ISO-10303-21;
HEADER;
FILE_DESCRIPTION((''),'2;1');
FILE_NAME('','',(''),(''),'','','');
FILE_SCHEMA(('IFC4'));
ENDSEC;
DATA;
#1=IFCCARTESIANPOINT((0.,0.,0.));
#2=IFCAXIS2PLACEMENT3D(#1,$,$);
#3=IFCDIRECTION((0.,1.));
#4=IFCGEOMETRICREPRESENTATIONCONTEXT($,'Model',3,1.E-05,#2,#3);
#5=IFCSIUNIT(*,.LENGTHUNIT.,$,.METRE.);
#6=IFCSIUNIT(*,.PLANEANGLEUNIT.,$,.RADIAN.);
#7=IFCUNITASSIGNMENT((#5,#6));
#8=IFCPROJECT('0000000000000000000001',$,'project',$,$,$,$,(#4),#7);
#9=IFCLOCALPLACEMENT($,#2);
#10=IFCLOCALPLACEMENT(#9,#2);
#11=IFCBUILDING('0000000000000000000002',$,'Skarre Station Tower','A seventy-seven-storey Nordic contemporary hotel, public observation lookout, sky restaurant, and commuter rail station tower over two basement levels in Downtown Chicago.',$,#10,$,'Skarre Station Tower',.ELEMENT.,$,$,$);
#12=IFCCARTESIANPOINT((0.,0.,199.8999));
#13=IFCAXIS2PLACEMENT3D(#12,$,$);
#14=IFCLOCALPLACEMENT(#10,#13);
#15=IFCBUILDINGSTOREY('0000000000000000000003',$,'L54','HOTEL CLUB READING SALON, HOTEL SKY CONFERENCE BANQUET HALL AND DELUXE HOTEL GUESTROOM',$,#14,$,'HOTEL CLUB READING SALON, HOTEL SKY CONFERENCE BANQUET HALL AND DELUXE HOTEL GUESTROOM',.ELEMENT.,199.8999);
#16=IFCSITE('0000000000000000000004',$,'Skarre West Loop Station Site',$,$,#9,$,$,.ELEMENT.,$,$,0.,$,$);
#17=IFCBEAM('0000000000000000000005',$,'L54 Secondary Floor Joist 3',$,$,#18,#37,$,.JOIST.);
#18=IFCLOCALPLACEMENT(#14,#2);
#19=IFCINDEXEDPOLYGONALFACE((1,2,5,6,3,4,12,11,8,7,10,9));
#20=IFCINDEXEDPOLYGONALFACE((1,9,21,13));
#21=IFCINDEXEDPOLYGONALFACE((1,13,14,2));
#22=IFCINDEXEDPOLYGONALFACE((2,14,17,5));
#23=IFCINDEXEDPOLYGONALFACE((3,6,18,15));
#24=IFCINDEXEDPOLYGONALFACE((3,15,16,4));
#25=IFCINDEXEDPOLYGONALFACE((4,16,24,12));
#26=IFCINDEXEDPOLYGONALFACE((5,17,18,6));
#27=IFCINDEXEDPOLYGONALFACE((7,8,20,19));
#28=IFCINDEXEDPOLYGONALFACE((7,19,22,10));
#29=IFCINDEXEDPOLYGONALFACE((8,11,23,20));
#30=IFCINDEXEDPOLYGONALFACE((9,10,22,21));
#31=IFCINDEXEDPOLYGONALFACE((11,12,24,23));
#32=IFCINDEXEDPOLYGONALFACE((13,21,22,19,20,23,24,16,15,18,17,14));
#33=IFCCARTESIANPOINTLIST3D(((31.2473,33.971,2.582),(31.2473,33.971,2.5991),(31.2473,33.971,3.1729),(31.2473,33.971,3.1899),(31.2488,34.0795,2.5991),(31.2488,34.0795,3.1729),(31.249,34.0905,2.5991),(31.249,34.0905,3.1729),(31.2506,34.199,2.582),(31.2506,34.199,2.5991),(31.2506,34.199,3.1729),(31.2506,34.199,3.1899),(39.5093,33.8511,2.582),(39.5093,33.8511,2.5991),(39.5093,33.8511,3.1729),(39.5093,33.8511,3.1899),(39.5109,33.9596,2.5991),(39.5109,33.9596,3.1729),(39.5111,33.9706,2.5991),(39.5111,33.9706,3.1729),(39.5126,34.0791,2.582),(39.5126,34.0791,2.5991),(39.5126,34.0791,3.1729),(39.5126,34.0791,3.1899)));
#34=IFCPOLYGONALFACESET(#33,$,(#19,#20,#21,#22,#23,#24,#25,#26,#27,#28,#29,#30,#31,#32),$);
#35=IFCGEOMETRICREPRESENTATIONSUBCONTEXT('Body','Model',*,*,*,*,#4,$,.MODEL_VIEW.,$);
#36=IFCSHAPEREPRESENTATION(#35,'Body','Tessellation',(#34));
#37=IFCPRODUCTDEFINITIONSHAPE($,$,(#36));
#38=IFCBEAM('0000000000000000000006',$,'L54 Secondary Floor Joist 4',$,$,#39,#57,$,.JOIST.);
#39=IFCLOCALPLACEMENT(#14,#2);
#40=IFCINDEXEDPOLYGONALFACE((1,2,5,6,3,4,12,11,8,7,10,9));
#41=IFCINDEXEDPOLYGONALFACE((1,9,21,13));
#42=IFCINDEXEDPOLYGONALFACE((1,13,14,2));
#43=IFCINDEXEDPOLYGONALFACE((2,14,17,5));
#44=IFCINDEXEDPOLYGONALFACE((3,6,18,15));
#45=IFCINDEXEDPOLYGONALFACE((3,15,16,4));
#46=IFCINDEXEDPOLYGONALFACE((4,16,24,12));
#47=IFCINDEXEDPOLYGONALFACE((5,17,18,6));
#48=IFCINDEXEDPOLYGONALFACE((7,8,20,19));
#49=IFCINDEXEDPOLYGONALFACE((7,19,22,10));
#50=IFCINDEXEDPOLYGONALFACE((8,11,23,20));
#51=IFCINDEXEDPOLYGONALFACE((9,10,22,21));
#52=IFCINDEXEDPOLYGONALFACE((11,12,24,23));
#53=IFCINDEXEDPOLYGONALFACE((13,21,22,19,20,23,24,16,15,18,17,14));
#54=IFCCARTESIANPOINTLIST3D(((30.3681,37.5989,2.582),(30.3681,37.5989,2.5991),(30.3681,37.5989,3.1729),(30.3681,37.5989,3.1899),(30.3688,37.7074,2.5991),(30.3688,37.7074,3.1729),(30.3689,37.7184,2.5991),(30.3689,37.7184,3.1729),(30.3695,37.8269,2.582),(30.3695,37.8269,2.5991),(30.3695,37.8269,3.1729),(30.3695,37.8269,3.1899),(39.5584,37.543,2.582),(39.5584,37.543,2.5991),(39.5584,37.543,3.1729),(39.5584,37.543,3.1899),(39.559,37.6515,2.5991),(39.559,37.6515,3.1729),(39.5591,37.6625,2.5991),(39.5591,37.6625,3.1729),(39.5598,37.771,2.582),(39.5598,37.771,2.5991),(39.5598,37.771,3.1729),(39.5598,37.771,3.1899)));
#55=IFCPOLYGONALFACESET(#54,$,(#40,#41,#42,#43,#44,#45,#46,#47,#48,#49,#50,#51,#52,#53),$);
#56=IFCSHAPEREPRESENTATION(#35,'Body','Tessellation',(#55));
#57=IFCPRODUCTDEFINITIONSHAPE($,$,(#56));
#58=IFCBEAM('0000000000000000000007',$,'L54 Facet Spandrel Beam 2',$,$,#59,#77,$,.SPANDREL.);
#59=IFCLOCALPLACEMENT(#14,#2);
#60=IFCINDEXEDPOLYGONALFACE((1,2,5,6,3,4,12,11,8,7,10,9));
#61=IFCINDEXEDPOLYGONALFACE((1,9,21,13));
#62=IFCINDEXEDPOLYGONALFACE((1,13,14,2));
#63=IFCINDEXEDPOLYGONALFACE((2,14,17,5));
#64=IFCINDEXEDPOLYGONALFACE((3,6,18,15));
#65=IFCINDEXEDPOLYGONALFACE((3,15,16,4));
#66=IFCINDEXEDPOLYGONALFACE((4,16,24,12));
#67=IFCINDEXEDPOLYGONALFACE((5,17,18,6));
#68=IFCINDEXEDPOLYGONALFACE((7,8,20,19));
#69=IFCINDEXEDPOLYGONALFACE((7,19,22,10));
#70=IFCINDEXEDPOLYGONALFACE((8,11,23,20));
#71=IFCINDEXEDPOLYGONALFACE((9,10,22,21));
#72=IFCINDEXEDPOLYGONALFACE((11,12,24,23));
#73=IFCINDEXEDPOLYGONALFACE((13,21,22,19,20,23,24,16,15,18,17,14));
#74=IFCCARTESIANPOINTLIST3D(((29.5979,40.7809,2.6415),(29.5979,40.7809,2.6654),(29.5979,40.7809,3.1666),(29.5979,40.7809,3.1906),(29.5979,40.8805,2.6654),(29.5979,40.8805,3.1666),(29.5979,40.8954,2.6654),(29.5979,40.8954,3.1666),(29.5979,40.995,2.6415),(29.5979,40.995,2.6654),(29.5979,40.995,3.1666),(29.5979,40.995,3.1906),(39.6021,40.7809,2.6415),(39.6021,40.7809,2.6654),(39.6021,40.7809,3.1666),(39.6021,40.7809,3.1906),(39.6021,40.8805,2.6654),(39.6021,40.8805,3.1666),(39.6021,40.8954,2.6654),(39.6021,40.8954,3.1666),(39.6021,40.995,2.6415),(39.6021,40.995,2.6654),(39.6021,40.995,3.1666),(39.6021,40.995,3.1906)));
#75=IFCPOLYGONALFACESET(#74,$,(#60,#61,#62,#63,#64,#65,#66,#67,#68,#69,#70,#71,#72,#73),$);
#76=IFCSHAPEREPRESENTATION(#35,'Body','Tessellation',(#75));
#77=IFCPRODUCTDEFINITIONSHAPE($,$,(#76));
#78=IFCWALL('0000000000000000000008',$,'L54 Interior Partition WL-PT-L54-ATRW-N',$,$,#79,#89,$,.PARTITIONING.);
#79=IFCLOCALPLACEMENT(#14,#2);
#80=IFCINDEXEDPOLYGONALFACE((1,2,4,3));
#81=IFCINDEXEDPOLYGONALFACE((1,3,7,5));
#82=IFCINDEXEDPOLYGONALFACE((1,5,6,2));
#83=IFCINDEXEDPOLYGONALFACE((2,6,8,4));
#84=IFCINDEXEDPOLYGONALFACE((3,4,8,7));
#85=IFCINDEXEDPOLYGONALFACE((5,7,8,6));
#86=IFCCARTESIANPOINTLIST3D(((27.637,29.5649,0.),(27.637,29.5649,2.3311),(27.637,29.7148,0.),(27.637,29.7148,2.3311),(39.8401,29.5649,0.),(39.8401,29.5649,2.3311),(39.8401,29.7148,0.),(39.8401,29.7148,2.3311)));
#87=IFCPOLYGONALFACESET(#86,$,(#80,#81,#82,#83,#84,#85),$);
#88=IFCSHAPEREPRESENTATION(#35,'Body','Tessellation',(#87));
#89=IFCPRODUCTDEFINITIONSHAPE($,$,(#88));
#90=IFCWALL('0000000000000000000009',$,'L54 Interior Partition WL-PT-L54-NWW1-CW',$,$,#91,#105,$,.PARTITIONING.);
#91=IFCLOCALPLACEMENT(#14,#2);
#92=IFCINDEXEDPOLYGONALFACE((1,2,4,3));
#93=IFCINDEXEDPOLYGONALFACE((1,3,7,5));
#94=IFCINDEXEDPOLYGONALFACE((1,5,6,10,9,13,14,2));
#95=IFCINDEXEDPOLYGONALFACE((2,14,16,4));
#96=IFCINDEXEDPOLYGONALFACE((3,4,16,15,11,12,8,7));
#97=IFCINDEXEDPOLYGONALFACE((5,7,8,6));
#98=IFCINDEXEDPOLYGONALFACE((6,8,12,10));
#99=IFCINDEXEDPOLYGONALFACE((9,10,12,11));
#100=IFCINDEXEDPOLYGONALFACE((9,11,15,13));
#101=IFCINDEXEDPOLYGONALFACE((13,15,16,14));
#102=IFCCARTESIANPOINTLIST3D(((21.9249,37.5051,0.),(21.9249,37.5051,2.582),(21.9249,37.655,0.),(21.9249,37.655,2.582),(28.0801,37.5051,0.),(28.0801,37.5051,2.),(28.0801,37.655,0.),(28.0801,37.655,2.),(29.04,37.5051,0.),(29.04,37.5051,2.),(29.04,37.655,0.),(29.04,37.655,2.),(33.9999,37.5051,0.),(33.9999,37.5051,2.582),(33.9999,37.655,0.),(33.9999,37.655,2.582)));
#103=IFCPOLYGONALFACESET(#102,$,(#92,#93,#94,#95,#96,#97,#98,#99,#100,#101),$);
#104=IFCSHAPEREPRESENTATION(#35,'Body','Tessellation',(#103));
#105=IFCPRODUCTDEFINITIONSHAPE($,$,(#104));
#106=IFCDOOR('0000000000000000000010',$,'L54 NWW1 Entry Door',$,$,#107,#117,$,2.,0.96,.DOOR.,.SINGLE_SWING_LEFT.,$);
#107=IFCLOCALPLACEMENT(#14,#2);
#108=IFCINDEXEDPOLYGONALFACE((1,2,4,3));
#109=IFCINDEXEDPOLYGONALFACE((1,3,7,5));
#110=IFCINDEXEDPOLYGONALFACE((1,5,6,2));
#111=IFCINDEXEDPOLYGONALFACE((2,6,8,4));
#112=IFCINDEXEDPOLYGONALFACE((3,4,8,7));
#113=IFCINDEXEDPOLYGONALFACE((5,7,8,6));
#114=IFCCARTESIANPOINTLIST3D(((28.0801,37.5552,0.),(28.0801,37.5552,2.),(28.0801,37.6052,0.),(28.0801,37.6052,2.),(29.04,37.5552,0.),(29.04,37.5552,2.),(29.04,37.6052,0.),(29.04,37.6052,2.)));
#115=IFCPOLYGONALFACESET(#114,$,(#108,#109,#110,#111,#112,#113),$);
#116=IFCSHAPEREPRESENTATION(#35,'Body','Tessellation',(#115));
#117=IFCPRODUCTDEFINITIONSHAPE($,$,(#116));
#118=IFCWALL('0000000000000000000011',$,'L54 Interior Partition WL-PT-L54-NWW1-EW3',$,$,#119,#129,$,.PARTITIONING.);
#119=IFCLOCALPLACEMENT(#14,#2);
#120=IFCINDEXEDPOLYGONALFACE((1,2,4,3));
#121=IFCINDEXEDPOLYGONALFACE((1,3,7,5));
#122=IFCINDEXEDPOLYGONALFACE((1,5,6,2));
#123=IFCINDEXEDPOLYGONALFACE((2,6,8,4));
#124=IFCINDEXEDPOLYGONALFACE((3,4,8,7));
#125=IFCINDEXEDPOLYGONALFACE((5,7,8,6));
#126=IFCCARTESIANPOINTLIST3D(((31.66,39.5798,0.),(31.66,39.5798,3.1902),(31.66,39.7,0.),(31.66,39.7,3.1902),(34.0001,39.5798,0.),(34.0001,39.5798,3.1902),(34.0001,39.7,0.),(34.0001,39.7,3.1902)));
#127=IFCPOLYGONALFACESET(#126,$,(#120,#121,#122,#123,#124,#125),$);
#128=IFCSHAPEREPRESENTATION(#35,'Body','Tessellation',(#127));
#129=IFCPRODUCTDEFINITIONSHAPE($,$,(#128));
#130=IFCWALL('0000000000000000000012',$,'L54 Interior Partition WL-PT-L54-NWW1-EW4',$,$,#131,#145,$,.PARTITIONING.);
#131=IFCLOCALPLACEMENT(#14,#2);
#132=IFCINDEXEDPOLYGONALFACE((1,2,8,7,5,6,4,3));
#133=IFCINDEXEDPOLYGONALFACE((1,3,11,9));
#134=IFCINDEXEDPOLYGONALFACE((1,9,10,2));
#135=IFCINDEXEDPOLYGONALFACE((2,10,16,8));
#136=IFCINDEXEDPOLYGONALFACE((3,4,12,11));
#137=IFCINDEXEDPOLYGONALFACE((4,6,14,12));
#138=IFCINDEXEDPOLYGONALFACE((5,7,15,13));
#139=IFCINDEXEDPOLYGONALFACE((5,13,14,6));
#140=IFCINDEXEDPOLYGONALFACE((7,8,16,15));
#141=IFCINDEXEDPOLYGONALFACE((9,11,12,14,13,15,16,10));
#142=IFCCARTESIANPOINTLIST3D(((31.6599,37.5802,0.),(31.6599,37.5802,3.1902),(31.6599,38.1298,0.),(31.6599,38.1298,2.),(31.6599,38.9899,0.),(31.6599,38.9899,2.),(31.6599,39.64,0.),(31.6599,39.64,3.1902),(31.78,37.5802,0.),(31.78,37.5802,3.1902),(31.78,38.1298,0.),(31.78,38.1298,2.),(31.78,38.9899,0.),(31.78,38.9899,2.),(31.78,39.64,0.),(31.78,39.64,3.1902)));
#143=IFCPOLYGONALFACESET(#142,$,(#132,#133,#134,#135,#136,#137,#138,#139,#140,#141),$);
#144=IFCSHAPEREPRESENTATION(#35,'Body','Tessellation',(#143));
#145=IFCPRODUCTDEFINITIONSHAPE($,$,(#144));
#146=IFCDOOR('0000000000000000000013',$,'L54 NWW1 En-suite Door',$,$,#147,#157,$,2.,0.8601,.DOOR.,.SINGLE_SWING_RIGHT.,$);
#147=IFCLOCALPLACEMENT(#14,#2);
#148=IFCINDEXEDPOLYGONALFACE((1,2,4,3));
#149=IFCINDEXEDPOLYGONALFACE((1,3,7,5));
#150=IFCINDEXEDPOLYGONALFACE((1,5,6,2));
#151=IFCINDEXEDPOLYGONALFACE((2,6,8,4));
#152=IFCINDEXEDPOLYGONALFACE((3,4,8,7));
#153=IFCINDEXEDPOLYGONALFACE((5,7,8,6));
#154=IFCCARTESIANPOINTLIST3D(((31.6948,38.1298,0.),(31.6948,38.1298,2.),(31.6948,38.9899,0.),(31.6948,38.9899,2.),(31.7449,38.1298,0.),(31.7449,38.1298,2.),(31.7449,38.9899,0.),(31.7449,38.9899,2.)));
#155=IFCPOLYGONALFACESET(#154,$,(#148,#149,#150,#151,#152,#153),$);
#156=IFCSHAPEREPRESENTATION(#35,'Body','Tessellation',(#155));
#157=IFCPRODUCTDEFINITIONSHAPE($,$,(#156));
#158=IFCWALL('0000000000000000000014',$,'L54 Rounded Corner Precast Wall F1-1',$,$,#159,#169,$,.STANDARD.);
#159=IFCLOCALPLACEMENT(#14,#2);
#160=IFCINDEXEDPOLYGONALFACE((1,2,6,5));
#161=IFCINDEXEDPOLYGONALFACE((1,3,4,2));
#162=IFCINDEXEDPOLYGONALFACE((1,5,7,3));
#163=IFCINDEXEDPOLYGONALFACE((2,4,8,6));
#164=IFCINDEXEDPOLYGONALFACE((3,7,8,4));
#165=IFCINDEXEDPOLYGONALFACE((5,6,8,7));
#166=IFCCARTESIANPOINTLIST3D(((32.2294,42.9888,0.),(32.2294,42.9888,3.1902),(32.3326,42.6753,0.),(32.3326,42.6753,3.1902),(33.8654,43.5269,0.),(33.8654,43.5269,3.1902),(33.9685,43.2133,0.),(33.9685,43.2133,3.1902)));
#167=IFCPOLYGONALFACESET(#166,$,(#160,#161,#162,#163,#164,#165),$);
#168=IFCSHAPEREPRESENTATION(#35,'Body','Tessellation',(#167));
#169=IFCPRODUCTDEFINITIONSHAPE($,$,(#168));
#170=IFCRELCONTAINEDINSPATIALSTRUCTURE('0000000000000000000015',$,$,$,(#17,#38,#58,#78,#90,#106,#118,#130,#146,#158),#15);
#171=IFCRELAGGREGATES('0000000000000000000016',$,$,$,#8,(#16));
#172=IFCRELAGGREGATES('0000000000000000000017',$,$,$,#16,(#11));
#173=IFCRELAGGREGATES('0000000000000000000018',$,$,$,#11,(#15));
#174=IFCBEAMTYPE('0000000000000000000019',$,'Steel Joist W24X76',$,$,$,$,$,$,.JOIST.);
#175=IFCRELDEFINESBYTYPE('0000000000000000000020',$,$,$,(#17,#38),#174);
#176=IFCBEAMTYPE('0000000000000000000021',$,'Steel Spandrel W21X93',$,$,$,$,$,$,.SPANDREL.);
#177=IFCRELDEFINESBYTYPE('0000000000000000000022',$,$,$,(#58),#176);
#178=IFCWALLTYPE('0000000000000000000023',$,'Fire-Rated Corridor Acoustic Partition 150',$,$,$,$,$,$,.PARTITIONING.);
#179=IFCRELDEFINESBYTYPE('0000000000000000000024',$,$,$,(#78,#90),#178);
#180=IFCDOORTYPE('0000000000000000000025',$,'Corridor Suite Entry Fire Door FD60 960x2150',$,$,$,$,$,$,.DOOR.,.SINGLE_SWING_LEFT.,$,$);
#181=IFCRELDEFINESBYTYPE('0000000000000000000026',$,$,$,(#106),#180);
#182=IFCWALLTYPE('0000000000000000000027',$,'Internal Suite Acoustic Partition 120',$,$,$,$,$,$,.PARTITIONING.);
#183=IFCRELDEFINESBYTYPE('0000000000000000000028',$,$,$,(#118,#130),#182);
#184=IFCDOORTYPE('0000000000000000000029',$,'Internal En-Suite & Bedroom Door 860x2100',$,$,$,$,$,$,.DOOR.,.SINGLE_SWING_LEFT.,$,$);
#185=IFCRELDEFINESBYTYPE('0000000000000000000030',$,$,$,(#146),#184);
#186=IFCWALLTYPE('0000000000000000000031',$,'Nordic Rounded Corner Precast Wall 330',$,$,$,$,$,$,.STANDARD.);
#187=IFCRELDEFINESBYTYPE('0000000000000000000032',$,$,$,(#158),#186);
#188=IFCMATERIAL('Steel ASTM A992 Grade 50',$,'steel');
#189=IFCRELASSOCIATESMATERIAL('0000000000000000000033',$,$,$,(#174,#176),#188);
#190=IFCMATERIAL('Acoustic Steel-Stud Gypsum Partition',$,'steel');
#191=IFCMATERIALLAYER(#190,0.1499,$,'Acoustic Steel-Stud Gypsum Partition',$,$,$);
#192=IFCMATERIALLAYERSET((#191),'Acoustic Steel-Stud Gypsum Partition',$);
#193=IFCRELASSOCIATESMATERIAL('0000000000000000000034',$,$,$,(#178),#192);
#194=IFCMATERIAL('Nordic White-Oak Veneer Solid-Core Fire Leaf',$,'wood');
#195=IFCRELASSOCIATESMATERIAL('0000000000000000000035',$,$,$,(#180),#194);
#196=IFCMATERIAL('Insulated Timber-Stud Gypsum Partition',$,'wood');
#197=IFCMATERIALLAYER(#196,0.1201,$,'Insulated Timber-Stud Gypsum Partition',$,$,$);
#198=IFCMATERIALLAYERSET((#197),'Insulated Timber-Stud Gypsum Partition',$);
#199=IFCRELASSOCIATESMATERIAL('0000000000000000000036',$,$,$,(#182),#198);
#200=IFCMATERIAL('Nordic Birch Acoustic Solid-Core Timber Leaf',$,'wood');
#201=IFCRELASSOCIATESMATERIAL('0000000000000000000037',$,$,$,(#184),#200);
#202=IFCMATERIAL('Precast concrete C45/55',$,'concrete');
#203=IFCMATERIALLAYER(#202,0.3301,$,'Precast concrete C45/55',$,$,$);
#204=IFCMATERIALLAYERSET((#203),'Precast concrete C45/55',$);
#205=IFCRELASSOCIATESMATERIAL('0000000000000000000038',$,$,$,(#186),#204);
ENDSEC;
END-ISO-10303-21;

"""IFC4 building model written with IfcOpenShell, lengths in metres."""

from ifc_helpers import new_model, si_unit, direction, frame, frame_2d, origin, origin_2d, place, context, subcontext, project, spatial, rectangle, i_section, extrude, material, layer, layer_set, material_profile, profile_set, type_object, element, fill, save


model = new_model("IFC4")

# Units and contexts
model_context = context("Model", 3, precision=1e-05, world=origin(), true_north=direction((0.0, 1.0)))
body_context = subcontext(model_context, "Body", "Model", "MODEL_VIEW")
ifc_project = project(units=[si_unit("LENGTHUNIT", "METRE"), si_unit("PLANEANGLEUNIT", "RADIAN")], contexts=[model_context])

# Site, building, storey
site_placement = place(None, origin())
site = spatial("IfcSite", under=ifc_project, at=site_placement, Name="Skarre West Loop Station Site", CompositionType="ELEMENT", RefElevation=0.0)
building_placement = place(site_placement, origin())
building = spatial("IfcBuilding", under=site, at=building_placement, Name="Skarre Station Tower", Description="A seventy-seven-storey Nordic contemporary hotel, public observation lookout, sky restaurant, and commuter rail station tower over two basement levels in Downtown Chicago.", LongName="Skarre Station Tower", CompositionType="ELEMENT")
storey_placement = place(building_placement, frame((0.0, 0.0, 199.8999)))
storey = spatial("IfcBuildingStorey", under=building, at=storey_placement, Name="L54", Description="HOTEL CLUB READING SALON, HOTEL SKY CONFERENCE BANQUET HALL AND DELUXE HOTEL GUESTROOM", LongName="HOTEL CLUB READING SALON, HOTEL SKY CONFERENCE BANQUET HALL AND DELUXE HOTEL GUESTROOM", CompositionType="ELEMENT", Elevation=199.8999)

# Beams
ifc_material_1 = material(Name="Steel ASTM A992 Grade 50", Category="steel")
ifc_material_profile_1 = material_profile(ifc_material_1, i_section(OverallWidth=0.228, OverallDepth=0.6079, WebThickness=0.011, FlangeThickness=0.0171, at=origin_2d()), Name="Steel ASTM A992 Grade 50")
ifc_profile_set_1 = profile_set([ifc_material_profile_1], Name="Steel ASTM A992 Grade 50")
beam_type_1 = type_object("IfcBeamType", Name="Steel Joist W24X76", PredefinedType="JOIST", material=ifc_profile_set_1)
beam_1_placement = place(storey_placement, frame((39.511, 33.9651, 2.886), z_axis=(-0.999895, 0.014508, 0.0), x_axis=(-0.014508, -0.999895, 0.0)))
element("IfcBeam", 1, at=beam_1_placement, inside=storey, type_object=beam_type_1, Name="L54 Secondary Floor Joist 3", PredefinedType="JOIST", context=body_context, shape_type="SweptSolid", body=[
    extrude(i_section(OverallWidth=0.228, OverallDepth=0.6079, WebThickness=0.011, FlangeThickness=0.0171, at=origin_2d()), origin(), (0.0, 0.0, 1.0), 8.2629),
])
beam_2_placement = place(storey_placement, frame((39.5591, 37.657, 2.886), z_axis=(-0.999981, 0.006083, 0.0), x_axis=(-0.006083, -0.999981, 0.0)))
element("IfcBeam", 2, at=beam_2_placement, inside=storey, type_object=beam_type_1, Name="L54 Secondary Floor Joist 4", PredefinedType="JOIST", context=body_context, shape_type="SweptSolid", body=[
    extrude(i_section(OverallWidth=0.228, OverallDepth=0.6079, WebThickness=0.011, FlangeThickness=0.0171, at=origin_2d()), origin(), (0.0, 0.0, 1.0), 9.1904),
])
ifc_material_profile_2 = material_profile(ifc_material_1, i_section(OverallWidth=0.2141, OverallDepth=0.5491, WebThickness=0.0149, FlangeThickness=0.0239, at=origin_2d()), Name="Steel ASTM A992 Grade 50")
ifc_profile_set_2 = profile_set([ifc_material_profile_2], Name="Steel ASTM A992 Grade 50")
beam_type_2 = type_object("IfcBeamType", Name="Steel Spandrel W21X93", PredefinedType="SPANDREL", material=ifc_profile_set_2)
beam_3_placement = place(storey_placement, frame((39.6021, 40.8879, 2.916), z_axis=(-1.0, 0.0, 0.0), x_axis=(0.0, -1.0, 0.0)))
element("IfcBeam", 3, at=beam_3_placement, inside=storey, type_object=beam_type_2, Name="L54 Facet Spandrel Beam 2", PredefinedType="SPANDREL", context=body_context, shape_type="SweptSolid", body=[
    extrude(i_section(OverallWidth=0.2141, OverallDepth=0.5491, WebThickness=0.0149, FlangeThickness=0.0239, at=origin_2d()), origin(), (0.0, 0.0, 1.0), 10.0042),
])

# Wall
ifc_material_2 = material(Name="Acoustic Steel-Stud Gypsum Partition", Category="steel")
ifc_layer_1 = layer(ifc_material_2, 0.1499, Name="Acoustic Steel-Stud Gypsum Partition")
ifc_layer_set_1 = layer_set([ifc_layer_1], Name="Acoustic Steel-Stud Gypsum Partition")
wall_type_1 = type_object("IfcWallType", Name="Fire-Rated Corridor Acoustic Partition 150", PredefinedType="PARTITIONING", material=ifc_layer_set_1)
wall_1_placement = place(storey_placement, frame((39.8401, 29.6399, 0.0), z_axis=(0.0, 0.0, 1.0), x_axis=(-1.0, 0.0, 0.0)))
element("IfcWall", 4, at=wall_1_placement, inside=storey, type_object=wall_type_1, Name="L54 Interior Partition WL-PT-L54-ATRW-N", PredefinedType="PARTITIONING", context=body_context, shape_type="SweptSolid", body=[
    extrude(rectangle(XDim=12.2031, YDim=0.1499, at=frame_2d((6.1016, 0.0))), origin(), (0.0, 0.0, 1.0), 2.3311),
])

# Wall, opening, door
wall_2_placement = place(storey_placement, frame((34.0, 37.5801, 0.0), z_axis=(0.0, 0.0, 1.0), x_axis=(-1.0, 0.0, 0.0)))
wall_2 = element("IfcWall", 5, at=wall_2_placement, inside=storey, type_object=wall_type_1, Name="L54 Interior Partition WL-PT-L54-NWW1-CW", PredefinedType="PARTITIONING", context=body_context, shape_type="SweptSolid", body=[
    extrude(rectangle(XDim=12.075, YDim=0.1499, at=frame_2d((6.0376, 0.0))), origin(), (0.0, 0.0, 1.0), 2.582),
])
opening_1_placement = place(wall_2_placement, frame((4.96, 0.0, 0.0)))
opening_1 = element("IfcOpeningElement", 6, at=opening_1_placement, cuts=wall_2, PredefinedType="OPENING", context=body_context, shape_type="SweptSolid", body=[
    extrude(rectangle(XDim=0.96, YDim=2.0, at=frame_2d((0.48, 1.0))), frame((0.0, 0.085, 0.0), z_axis=(0.0, -1.0, 0.0), x_axis=(1.0, 0.0, 0.0)), (0.0, 0.0, 1.0), 0.1699),
])
ifc_material_3 = material(Name="Nordic White-Oak Veneer Solid-Core Fire Leaf", Category="wood")
door_type_1 = type_object("IfcDoorType", Name="Corridor Suite Entry Fire Door FD60 960x2150", OperationType="SINGLE_SWING_LEFT", PredefinedType="DOOR", material=ifc_material_3)
door_1_placement = place(opening_1_placement, origin())
door_1 = element("IfcDoor", 7, at=door_1_placement, inside=storey, type_object=door_type_1, Name="L54 NWW1 Entry Door", OperationType="SINGLE_SWING_LEFT", OverallHeight=2.0, OverallWidth=0.96, PredefinedType="DOOR", context=body_context, shape_type="SweptSolid", body=[
    extrude(rectangle(XDim=0.96, YDim=2.0, at=frame_2d((0.48, 1.0))), frame((0.0, 0.0249, 0.0), z_axis=(0.0, -1.0, 0.0), x_axis=(1.0, 0.0, 0.0)), (0.0, 0.0, 1.0), 0.05),
])
fill(opening_1, door_1)

# Wall
ifc_material_4 = material(Name="Insulated Timber-Stud Gypsum Partition", Category="wood")
ifc_layer_2 = layer(ifc_material_4, 0.1201, Name="Insulated Timber-Stud Gypsum Partition")
ifc_layer_set_2 = layer_set([ifc_layer_2], Name="Insulated Timber-Stud Gypsum Partition")
wall_type_2 = type_object("IfcWallType", Name="Internal Suite Acoustic Partition 120", PredefinedType="PARTITIONING", material=ifc_layer_set_2)
wall_3_placement = place(storey_placement, frame((34.0, 39.6399, 0.0), z_axis=(0.0, 0.0, 1.0), x_axis=(-1.0, 0.0, 0.0)))
element("IfcWall", 8, at=wall_3_placement, inside=storey, type_object=wall_type_2, Name="L54 Interior Partition WL-PT-L54-NWW1-EW3", PredefinedType="PARTITIONING", context=body_context, shape_type="SweptSolid", body=[
    extrude(rectangle(XDim=2.3401, YDim=0.1201, at=frame_2d((1.1699, 0.0))), origin(), (0.0, 0.0, 1.0), 3.1902),
])

# Wall, opening, door
wall_4_placement = place(storey_placement, frame((31.72, 39.6399, 0.0), z_axis=(0.0, 0.0, 1.0), x_axis=(0.0, -1.0, 0.0)))
wall_4 = element("IfcWall", 9, at=wall_4_placement, inside=storey, type_object=wall_type_2, Name="L54 Interior Partition WL-PT-L54-NWW1-EW4", PredefinedType="PARTITIONING", context=body_context, shape_type="SweptSolid", body=[
    extrude(rectangle(XDim=2.0598, YDim=0.1201, at=frame_2d((1.0298, 0.0))), origin(), (0.0, 0.0, 1.0), 3.1902),
])
opening_2_placement = place(wall_4_placement, frame((0.6499, 0.0, 0.0)))
opening_2 = element("IfcOpeningElement", 10, at=opening_2_placement, cuts=wall_4, PredefinedType="OPENING", context=body_context, shape_type="SweptSolid", body=[
    extrude(rectangle(XDim=0.8601, YDim=2.0, at=frame_2d((0.4302, 1.0))), frame((0.0, 0.0701, 0.0), z_axis=(0.0, -1.0, 0.0), x_axis=(1.0, 0.0, 0.0)), (0.0, 0.0, 1.0), 0.1401),
])
ifc_material_5 = material(Name="Nordic Birch Acoustic Solid-Core Timber Leaf", Category="wood")
door_type_2 = type_object("IfcDoorType", Name="Internal En-Suite & Bedroom Door 860x2100", OperationType="SINGLE_SWING_LEFT", PredefinedType="DOOR", material=ifc_material_5)
door_2_placement = place(opening_2_placement, origin())
door_2 = element("IfcDoor", 11, at=door_2_placement, inside=storey, type_object=door_type_2, Name="L54 NWW1 En-suite Door", OperationType="SINGLE_SWING_RIGHT", OverallHeight=2.0, OverallWidth=0.8601, PredefinedType="DOOR", context=body_context, shape_type="SweptSolid", body=[
    extrude(rectangle(XDim=0.8601, YDim=2.0, at=frame_2d((0.4302, 1.0))), frame((0.0, 0.0249, 0.0), z_axis=(0.0, -1.0, 0.0), x_axis=(1.0, 0.0, 0.0)), (0.0, 0.0, 1.0), 0.05),
])
fill(opening_2, door_2)

# Wall
ifc_material_6 = material(Name="Precast concrete C45/55", Category="concrete")
ifc_layer_3 = layer(ifc_material_6, 0.3301, Name="Precast concrete C45/55")
ifc_layer_set_3 = layer_set([ifc_layer_3], Name="Precast concrete C45/55")
wall_type_3 = type_object("IfcWallType", Name="Nordic Rounded Corner Precast Wall 330", PredefinedType="STANDARD", material=ifc_layer_set_3)
wall_5_placement = place(storey_placement, frame((32.281, 42.832, 0.0), z_axis=(0.0, 0.0, 1.0), x_axis=(0.949937, 0.31244, 0.0)))
element("IfcWall", 12, at=wall_5_placement, inside=storey, type_object=wall_type_3, Name="L54 Rounded Corner Precast Wall F1-1", PredefinedType="STANDARD", context=body_context, shape_type="SweptSolid", body=[
    extrude(rectangle(XDim=1.7222, YDim=0.3301, at=frame_2d((0.8611, 0.0))), origin(), (0.0, 0.0, 1.0), 3.1902),
])

save(model, "model.ifc")
